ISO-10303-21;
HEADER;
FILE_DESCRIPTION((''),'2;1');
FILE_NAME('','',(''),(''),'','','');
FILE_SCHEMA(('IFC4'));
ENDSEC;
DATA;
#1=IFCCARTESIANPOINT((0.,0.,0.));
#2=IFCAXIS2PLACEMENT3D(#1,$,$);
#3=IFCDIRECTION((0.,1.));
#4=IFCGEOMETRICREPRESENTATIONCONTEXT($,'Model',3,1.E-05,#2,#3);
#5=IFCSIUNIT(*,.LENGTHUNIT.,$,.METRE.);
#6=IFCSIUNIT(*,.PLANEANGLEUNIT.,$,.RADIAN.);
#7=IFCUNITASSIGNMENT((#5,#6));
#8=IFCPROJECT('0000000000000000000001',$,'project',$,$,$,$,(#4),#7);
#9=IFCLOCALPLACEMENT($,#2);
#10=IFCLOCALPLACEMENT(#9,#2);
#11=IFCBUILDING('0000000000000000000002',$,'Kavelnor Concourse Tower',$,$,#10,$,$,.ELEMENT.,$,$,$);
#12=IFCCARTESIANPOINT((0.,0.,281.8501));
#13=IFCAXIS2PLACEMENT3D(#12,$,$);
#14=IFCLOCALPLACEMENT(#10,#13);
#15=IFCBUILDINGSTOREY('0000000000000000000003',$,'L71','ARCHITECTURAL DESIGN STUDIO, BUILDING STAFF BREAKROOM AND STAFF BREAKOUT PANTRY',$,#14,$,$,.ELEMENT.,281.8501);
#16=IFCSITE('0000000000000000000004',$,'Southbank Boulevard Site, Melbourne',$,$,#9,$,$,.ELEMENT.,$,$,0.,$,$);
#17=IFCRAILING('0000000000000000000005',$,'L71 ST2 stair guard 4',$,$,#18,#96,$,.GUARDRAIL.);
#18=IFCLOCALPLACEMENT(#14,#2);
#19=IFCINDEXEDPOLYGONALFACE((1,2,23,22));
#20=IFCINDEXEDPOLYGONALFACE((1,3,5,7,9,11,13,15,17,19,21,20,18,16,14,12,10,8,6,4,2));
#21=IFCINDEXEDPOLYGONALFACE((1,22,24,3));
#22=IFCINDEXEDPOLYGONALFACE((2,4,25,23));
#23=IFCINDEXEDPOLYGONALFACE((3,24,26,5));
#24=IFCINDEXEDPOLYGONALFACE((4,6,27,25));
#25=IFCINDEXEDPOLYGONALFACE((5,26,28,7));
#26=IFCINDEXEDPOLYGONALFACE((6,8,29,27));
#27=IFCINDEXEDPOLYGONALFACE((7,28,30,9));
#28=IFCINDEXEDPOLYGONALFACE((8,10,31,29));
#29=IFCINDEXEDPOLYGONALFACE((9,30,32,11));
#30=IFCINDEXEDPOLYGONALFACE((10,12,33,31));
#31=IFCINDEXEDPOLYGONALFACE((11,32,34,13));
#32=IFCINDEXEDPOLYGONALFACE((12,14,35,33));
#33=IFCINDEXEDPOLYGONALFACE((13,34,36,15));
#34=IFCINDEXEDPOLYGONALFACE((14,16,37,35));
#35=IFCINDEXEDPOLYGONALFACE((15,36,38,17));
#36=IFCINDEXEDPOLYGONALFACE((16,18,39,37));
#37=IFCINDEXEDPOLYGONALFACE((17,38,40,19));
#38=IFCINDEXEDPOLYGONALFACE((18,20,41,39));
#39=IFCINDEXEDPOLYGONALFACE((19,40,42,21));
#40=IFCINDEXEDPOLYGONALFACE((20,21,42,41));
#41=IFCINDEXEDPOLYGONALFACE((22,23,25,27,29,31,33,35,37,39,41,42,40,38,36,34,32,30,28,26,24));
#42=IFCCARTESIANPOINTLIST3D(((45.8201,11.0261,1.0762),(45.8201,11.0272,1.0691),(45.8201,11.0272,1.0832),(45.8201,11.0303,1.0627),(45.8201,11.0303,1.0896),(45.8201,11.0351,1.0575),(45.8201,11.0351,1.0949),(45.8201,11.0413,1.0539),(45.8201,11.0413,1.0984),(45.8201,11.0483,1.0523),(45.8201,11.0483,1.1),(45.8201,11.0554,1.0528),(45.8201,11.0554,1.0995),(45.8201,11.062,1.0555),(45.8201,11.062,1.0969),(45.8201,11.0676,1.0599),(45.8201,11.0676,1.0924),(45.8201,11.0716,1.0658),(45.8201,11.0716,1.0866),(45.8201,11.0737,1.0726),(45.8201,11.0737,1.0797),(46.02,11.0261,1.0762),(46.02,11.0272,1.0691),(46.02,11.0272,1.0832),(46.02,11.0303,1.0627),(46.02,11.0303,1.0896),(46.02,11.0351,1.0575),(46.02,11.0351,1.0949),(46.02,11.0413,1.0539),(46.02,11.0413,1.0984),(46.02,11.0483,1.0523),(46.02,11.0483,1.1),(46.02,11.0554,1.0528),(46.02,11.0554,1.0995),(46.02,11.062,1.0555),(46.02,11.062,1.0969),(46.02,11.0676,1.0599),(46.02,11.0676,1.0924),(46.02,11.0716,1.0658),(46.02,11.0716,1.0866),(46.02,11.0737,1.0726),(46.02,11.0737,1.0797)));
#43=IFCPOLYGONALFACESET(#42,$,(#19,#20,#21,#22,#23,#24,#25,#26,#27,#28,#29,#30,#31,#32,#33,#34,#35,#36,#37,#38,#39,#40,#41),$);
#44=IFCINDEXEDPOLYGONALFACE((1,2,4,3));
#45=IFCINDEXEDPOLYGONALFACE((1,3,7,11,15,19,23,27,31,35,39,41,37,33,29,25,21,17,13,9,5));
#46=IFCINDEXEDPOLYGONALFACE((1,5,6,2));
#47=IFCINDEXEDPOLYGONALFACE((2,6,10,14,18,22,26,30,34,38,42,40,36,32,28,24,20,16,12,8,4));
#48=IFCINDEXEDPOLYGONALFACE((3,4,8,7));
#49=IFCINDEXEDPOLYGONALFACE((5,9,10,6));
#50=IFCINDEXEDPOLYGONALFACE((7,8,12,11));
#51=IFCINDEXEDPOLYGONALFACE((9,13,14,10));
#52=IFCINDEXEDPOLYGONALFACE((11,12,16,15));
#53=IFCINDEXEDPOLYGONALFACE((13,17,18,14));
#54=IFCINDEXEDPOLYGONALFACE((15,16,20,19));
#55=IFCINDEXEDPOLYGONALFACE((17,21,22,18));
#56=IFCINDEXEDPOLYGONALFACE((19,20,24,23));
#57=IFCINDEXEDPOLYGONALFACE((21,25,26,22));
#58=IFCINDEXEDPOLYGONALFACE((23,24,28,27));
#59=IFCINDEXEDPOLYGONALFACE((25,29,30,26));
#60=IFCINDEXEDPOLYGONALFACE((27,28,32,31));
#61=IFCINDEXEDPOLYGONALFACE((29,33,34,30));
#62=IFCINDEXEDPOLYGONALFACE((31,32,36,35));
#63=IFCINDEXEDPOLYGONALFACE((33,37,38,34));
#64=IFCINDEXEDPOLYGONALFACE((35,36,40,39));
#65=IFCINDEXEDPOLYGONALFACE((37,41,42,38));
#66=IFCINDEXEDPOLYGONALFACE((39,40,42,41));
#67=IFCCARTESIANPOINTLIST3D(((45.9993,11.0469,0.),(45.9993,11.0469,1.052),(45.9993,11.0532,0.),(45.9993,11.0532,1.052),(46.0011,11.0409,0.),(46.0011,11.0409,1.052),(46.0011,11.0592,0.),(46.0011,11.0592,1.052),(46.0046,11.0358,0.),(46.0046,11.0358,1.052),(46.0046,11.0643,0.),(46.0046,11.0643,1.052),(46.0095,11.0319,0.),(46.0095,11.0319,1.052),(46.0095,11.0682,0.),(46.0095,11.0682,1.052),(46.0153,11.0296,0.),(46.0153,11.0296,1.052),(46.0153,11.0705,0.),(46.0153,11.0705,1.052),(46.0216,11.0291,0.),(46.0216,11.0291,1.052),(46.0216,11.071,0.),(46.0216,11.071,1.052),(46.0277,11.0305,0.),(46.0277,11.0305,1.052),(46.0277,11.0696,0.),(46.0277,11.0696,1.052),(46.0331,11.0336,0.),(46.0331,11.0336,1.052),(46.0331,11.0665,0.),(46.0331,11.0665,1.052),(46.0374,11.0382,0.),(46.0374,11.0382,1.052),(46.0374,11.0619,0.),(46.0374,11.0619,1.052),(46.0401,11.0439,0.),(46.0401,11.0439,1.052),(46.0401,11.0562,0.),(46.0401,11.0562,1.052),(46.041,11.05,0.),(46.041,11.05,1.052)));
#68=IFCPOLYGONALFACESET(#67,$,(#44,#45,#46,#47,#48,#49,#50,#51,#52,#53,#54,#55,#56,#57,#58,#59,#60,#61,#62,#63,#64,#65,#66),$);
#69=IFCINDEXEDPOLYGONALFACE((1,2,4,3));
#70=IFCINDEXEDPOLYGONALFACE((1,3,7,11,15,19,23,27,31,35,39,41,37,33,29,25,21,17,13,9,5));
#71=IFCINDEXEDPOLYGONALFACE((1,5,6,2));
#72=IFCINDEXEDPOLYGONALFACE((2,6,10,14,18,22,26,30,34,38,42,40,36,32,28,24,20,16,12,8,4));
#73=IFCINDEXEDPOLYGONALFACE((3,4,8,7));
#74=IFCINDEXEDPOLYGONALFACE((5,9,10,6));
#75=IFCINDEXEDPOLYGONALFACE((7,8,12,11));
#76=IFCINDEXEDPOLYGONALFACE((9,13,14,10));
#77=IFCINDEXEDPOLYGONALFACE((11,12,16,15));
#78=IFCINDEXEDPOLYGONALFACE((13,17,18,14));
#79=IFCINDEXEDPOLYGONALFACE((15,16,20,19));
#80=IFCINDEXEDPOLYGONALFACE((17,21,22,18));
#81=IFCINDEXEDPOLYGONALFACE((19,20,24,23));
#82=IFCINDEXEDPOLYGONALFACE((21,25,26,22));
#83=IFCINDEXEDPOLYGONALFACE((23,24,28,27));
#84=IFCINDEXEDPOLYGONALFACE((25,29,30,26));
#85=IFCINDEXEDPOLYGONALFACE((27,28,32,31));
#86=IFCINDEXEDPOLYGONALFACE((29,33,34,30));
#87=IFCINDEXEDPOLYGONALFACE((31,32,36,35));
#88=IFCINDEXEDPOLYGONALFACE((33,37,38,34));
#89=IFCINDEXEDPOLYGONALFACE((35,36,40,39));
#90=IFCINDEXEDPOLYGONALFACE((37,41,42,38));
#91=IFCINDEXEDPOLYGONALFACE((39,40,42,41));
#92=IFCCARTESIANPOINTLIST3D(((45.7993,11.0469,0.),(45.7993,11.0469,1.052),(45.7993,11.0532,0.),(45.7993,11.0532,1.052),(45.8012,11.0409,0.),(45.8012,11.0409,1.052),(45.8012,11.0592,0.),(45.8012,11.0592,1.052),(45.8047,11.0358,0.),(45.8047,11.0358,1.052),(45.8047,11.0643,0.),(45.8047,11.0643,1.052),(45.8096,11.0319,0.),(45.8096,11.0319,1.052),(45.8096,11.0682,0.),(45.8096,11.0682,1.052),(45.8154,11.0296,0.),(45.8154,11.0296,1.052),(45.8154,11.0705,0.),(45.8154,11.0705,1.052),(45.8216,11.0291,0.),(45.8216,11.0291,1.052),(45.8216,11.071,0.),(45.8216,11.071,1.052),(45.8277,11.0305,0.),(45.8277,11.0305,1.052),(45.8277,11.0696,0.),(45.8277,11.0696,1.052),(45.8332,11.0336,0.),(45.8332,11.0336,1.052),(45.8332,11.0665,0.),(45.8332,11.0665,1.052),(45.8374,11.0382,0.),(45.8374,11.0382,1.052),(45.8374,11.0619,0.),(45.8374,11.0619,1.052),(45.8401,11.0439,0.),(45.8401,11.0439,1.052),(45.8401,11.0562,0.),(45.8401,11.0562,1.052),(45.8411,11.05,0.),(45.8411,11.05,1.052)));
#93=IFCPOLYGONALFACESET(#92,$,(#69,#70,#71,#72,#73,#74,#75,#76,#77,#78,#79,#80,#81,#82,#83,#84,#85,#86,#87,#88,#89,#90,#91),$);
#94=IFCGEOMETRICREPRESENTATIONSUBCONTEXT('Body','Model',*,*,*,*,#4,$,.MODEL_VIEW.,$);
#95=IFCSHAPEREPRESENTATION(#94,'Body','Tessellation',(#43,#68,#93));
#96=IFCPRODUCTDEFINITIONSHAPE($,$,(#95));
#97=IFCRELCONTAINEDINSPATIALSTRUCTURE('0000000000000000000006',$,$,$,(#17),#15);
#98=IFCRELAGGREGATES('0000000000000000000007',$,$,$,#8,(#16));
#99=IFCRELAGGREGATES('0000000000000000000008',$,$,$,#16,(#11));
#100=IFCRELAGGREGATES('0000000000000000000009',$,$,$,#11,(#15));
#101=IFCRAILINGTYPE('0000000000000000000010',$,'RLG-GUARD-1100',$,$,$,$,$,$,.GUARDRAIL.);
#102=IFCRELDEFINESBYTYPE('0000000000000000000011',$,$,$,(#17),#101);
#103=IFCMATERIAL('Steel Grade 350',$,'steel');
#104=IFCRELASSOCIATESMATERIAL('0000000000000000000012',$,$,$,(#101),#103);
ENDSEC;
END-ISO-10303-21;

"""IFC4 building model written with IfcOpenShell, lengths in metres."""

from ifc_helpers import new_model, si_unit, direction, frame, origin, origin_2d, place, context, subcontext, project, spatial, circle, extrude, material, type_object, element, save


model = new_model("IFC4")

# Units and contexts
model_context = context("Model", 3, precision=1e-05, world=origin(), true_north=direction((0.0, 1.0)))
body_context = subcontext(model_context, "Body", "Model", "MODEL_VIEW")
ifc_project = project(units=[si_unit("LENGTHUNIT", "METRE"), si_unit("PLANEANGLEUNIT", "RADIAN")], contexts=[model_context])

# Site, building, storey
site_placement = place(None, origin())
site = spatial("IfcSite", under=ifc_project, at=site_placement, Name="Southbank Boulevard Site, Melbourne", CompositionType="ELEMENT", RefElevation=0.0)
building_placement = place(site_placement, origin())
building = spatial("IfcBuilding", under=site, at=building_placement, Name="Kavelnor Concourse Tower", CompositionType="ELEMENT")
storey_placement = place(building_placement, frame((0.0, 0.0, 281.8501)))
storey = spatial("IfcBuildingStorey", under=building, at=storey_placement, Name="L71", Description="ARCHITECTURAL DESIGN STUDIO, BUILDING STAFF BREAKROOM AND STAFF BREAKOUT PANTRY", CompositionType="ELEMENT", Elevation=281.8501)

# Shared definitions
ifc_material_1 = material(Name="Steel Grade 350", Category="steel")

# Railing
railing_type_1 = type_object("IfcRailingType", Name="RLG-GUARD-1100", PredefinedType="GUARDRAIL", material=ifc_material_1)
railing_1_placement = place(storey_placement, frame((46.02, 11.05, 0.0)))
element("IfcRailing", 1, at=railing_1_placement, inside=storey, type_object=railing_type_1, Name="L71 ST2 stair guard 4", PredefinedType="GUARDRAIL", context=body_context, shape_type="SweptSolid", body=[
    extrude(circle(Radius=0.0239, at=origin_2d()), frame((0.0, 0.0, 1.0762), z_axis=(-1.0, 0.0, 0.0), x_axis=(0.0, -1.0, 0.0)), (0.0, 0.0, 1.0), 0.2),
    extrude(circle(Radius=0.021, at=origin_2d()), origin(), (0.0, 0.0, 1.0), 1.052),
    extrude(circle(Radius=0.021, at=origin_2d()), frame((-0.2, 0.0, 0.0)), (0.0, 0.0, 1.0), 1.052),
])

save(model, "model.ifc")
